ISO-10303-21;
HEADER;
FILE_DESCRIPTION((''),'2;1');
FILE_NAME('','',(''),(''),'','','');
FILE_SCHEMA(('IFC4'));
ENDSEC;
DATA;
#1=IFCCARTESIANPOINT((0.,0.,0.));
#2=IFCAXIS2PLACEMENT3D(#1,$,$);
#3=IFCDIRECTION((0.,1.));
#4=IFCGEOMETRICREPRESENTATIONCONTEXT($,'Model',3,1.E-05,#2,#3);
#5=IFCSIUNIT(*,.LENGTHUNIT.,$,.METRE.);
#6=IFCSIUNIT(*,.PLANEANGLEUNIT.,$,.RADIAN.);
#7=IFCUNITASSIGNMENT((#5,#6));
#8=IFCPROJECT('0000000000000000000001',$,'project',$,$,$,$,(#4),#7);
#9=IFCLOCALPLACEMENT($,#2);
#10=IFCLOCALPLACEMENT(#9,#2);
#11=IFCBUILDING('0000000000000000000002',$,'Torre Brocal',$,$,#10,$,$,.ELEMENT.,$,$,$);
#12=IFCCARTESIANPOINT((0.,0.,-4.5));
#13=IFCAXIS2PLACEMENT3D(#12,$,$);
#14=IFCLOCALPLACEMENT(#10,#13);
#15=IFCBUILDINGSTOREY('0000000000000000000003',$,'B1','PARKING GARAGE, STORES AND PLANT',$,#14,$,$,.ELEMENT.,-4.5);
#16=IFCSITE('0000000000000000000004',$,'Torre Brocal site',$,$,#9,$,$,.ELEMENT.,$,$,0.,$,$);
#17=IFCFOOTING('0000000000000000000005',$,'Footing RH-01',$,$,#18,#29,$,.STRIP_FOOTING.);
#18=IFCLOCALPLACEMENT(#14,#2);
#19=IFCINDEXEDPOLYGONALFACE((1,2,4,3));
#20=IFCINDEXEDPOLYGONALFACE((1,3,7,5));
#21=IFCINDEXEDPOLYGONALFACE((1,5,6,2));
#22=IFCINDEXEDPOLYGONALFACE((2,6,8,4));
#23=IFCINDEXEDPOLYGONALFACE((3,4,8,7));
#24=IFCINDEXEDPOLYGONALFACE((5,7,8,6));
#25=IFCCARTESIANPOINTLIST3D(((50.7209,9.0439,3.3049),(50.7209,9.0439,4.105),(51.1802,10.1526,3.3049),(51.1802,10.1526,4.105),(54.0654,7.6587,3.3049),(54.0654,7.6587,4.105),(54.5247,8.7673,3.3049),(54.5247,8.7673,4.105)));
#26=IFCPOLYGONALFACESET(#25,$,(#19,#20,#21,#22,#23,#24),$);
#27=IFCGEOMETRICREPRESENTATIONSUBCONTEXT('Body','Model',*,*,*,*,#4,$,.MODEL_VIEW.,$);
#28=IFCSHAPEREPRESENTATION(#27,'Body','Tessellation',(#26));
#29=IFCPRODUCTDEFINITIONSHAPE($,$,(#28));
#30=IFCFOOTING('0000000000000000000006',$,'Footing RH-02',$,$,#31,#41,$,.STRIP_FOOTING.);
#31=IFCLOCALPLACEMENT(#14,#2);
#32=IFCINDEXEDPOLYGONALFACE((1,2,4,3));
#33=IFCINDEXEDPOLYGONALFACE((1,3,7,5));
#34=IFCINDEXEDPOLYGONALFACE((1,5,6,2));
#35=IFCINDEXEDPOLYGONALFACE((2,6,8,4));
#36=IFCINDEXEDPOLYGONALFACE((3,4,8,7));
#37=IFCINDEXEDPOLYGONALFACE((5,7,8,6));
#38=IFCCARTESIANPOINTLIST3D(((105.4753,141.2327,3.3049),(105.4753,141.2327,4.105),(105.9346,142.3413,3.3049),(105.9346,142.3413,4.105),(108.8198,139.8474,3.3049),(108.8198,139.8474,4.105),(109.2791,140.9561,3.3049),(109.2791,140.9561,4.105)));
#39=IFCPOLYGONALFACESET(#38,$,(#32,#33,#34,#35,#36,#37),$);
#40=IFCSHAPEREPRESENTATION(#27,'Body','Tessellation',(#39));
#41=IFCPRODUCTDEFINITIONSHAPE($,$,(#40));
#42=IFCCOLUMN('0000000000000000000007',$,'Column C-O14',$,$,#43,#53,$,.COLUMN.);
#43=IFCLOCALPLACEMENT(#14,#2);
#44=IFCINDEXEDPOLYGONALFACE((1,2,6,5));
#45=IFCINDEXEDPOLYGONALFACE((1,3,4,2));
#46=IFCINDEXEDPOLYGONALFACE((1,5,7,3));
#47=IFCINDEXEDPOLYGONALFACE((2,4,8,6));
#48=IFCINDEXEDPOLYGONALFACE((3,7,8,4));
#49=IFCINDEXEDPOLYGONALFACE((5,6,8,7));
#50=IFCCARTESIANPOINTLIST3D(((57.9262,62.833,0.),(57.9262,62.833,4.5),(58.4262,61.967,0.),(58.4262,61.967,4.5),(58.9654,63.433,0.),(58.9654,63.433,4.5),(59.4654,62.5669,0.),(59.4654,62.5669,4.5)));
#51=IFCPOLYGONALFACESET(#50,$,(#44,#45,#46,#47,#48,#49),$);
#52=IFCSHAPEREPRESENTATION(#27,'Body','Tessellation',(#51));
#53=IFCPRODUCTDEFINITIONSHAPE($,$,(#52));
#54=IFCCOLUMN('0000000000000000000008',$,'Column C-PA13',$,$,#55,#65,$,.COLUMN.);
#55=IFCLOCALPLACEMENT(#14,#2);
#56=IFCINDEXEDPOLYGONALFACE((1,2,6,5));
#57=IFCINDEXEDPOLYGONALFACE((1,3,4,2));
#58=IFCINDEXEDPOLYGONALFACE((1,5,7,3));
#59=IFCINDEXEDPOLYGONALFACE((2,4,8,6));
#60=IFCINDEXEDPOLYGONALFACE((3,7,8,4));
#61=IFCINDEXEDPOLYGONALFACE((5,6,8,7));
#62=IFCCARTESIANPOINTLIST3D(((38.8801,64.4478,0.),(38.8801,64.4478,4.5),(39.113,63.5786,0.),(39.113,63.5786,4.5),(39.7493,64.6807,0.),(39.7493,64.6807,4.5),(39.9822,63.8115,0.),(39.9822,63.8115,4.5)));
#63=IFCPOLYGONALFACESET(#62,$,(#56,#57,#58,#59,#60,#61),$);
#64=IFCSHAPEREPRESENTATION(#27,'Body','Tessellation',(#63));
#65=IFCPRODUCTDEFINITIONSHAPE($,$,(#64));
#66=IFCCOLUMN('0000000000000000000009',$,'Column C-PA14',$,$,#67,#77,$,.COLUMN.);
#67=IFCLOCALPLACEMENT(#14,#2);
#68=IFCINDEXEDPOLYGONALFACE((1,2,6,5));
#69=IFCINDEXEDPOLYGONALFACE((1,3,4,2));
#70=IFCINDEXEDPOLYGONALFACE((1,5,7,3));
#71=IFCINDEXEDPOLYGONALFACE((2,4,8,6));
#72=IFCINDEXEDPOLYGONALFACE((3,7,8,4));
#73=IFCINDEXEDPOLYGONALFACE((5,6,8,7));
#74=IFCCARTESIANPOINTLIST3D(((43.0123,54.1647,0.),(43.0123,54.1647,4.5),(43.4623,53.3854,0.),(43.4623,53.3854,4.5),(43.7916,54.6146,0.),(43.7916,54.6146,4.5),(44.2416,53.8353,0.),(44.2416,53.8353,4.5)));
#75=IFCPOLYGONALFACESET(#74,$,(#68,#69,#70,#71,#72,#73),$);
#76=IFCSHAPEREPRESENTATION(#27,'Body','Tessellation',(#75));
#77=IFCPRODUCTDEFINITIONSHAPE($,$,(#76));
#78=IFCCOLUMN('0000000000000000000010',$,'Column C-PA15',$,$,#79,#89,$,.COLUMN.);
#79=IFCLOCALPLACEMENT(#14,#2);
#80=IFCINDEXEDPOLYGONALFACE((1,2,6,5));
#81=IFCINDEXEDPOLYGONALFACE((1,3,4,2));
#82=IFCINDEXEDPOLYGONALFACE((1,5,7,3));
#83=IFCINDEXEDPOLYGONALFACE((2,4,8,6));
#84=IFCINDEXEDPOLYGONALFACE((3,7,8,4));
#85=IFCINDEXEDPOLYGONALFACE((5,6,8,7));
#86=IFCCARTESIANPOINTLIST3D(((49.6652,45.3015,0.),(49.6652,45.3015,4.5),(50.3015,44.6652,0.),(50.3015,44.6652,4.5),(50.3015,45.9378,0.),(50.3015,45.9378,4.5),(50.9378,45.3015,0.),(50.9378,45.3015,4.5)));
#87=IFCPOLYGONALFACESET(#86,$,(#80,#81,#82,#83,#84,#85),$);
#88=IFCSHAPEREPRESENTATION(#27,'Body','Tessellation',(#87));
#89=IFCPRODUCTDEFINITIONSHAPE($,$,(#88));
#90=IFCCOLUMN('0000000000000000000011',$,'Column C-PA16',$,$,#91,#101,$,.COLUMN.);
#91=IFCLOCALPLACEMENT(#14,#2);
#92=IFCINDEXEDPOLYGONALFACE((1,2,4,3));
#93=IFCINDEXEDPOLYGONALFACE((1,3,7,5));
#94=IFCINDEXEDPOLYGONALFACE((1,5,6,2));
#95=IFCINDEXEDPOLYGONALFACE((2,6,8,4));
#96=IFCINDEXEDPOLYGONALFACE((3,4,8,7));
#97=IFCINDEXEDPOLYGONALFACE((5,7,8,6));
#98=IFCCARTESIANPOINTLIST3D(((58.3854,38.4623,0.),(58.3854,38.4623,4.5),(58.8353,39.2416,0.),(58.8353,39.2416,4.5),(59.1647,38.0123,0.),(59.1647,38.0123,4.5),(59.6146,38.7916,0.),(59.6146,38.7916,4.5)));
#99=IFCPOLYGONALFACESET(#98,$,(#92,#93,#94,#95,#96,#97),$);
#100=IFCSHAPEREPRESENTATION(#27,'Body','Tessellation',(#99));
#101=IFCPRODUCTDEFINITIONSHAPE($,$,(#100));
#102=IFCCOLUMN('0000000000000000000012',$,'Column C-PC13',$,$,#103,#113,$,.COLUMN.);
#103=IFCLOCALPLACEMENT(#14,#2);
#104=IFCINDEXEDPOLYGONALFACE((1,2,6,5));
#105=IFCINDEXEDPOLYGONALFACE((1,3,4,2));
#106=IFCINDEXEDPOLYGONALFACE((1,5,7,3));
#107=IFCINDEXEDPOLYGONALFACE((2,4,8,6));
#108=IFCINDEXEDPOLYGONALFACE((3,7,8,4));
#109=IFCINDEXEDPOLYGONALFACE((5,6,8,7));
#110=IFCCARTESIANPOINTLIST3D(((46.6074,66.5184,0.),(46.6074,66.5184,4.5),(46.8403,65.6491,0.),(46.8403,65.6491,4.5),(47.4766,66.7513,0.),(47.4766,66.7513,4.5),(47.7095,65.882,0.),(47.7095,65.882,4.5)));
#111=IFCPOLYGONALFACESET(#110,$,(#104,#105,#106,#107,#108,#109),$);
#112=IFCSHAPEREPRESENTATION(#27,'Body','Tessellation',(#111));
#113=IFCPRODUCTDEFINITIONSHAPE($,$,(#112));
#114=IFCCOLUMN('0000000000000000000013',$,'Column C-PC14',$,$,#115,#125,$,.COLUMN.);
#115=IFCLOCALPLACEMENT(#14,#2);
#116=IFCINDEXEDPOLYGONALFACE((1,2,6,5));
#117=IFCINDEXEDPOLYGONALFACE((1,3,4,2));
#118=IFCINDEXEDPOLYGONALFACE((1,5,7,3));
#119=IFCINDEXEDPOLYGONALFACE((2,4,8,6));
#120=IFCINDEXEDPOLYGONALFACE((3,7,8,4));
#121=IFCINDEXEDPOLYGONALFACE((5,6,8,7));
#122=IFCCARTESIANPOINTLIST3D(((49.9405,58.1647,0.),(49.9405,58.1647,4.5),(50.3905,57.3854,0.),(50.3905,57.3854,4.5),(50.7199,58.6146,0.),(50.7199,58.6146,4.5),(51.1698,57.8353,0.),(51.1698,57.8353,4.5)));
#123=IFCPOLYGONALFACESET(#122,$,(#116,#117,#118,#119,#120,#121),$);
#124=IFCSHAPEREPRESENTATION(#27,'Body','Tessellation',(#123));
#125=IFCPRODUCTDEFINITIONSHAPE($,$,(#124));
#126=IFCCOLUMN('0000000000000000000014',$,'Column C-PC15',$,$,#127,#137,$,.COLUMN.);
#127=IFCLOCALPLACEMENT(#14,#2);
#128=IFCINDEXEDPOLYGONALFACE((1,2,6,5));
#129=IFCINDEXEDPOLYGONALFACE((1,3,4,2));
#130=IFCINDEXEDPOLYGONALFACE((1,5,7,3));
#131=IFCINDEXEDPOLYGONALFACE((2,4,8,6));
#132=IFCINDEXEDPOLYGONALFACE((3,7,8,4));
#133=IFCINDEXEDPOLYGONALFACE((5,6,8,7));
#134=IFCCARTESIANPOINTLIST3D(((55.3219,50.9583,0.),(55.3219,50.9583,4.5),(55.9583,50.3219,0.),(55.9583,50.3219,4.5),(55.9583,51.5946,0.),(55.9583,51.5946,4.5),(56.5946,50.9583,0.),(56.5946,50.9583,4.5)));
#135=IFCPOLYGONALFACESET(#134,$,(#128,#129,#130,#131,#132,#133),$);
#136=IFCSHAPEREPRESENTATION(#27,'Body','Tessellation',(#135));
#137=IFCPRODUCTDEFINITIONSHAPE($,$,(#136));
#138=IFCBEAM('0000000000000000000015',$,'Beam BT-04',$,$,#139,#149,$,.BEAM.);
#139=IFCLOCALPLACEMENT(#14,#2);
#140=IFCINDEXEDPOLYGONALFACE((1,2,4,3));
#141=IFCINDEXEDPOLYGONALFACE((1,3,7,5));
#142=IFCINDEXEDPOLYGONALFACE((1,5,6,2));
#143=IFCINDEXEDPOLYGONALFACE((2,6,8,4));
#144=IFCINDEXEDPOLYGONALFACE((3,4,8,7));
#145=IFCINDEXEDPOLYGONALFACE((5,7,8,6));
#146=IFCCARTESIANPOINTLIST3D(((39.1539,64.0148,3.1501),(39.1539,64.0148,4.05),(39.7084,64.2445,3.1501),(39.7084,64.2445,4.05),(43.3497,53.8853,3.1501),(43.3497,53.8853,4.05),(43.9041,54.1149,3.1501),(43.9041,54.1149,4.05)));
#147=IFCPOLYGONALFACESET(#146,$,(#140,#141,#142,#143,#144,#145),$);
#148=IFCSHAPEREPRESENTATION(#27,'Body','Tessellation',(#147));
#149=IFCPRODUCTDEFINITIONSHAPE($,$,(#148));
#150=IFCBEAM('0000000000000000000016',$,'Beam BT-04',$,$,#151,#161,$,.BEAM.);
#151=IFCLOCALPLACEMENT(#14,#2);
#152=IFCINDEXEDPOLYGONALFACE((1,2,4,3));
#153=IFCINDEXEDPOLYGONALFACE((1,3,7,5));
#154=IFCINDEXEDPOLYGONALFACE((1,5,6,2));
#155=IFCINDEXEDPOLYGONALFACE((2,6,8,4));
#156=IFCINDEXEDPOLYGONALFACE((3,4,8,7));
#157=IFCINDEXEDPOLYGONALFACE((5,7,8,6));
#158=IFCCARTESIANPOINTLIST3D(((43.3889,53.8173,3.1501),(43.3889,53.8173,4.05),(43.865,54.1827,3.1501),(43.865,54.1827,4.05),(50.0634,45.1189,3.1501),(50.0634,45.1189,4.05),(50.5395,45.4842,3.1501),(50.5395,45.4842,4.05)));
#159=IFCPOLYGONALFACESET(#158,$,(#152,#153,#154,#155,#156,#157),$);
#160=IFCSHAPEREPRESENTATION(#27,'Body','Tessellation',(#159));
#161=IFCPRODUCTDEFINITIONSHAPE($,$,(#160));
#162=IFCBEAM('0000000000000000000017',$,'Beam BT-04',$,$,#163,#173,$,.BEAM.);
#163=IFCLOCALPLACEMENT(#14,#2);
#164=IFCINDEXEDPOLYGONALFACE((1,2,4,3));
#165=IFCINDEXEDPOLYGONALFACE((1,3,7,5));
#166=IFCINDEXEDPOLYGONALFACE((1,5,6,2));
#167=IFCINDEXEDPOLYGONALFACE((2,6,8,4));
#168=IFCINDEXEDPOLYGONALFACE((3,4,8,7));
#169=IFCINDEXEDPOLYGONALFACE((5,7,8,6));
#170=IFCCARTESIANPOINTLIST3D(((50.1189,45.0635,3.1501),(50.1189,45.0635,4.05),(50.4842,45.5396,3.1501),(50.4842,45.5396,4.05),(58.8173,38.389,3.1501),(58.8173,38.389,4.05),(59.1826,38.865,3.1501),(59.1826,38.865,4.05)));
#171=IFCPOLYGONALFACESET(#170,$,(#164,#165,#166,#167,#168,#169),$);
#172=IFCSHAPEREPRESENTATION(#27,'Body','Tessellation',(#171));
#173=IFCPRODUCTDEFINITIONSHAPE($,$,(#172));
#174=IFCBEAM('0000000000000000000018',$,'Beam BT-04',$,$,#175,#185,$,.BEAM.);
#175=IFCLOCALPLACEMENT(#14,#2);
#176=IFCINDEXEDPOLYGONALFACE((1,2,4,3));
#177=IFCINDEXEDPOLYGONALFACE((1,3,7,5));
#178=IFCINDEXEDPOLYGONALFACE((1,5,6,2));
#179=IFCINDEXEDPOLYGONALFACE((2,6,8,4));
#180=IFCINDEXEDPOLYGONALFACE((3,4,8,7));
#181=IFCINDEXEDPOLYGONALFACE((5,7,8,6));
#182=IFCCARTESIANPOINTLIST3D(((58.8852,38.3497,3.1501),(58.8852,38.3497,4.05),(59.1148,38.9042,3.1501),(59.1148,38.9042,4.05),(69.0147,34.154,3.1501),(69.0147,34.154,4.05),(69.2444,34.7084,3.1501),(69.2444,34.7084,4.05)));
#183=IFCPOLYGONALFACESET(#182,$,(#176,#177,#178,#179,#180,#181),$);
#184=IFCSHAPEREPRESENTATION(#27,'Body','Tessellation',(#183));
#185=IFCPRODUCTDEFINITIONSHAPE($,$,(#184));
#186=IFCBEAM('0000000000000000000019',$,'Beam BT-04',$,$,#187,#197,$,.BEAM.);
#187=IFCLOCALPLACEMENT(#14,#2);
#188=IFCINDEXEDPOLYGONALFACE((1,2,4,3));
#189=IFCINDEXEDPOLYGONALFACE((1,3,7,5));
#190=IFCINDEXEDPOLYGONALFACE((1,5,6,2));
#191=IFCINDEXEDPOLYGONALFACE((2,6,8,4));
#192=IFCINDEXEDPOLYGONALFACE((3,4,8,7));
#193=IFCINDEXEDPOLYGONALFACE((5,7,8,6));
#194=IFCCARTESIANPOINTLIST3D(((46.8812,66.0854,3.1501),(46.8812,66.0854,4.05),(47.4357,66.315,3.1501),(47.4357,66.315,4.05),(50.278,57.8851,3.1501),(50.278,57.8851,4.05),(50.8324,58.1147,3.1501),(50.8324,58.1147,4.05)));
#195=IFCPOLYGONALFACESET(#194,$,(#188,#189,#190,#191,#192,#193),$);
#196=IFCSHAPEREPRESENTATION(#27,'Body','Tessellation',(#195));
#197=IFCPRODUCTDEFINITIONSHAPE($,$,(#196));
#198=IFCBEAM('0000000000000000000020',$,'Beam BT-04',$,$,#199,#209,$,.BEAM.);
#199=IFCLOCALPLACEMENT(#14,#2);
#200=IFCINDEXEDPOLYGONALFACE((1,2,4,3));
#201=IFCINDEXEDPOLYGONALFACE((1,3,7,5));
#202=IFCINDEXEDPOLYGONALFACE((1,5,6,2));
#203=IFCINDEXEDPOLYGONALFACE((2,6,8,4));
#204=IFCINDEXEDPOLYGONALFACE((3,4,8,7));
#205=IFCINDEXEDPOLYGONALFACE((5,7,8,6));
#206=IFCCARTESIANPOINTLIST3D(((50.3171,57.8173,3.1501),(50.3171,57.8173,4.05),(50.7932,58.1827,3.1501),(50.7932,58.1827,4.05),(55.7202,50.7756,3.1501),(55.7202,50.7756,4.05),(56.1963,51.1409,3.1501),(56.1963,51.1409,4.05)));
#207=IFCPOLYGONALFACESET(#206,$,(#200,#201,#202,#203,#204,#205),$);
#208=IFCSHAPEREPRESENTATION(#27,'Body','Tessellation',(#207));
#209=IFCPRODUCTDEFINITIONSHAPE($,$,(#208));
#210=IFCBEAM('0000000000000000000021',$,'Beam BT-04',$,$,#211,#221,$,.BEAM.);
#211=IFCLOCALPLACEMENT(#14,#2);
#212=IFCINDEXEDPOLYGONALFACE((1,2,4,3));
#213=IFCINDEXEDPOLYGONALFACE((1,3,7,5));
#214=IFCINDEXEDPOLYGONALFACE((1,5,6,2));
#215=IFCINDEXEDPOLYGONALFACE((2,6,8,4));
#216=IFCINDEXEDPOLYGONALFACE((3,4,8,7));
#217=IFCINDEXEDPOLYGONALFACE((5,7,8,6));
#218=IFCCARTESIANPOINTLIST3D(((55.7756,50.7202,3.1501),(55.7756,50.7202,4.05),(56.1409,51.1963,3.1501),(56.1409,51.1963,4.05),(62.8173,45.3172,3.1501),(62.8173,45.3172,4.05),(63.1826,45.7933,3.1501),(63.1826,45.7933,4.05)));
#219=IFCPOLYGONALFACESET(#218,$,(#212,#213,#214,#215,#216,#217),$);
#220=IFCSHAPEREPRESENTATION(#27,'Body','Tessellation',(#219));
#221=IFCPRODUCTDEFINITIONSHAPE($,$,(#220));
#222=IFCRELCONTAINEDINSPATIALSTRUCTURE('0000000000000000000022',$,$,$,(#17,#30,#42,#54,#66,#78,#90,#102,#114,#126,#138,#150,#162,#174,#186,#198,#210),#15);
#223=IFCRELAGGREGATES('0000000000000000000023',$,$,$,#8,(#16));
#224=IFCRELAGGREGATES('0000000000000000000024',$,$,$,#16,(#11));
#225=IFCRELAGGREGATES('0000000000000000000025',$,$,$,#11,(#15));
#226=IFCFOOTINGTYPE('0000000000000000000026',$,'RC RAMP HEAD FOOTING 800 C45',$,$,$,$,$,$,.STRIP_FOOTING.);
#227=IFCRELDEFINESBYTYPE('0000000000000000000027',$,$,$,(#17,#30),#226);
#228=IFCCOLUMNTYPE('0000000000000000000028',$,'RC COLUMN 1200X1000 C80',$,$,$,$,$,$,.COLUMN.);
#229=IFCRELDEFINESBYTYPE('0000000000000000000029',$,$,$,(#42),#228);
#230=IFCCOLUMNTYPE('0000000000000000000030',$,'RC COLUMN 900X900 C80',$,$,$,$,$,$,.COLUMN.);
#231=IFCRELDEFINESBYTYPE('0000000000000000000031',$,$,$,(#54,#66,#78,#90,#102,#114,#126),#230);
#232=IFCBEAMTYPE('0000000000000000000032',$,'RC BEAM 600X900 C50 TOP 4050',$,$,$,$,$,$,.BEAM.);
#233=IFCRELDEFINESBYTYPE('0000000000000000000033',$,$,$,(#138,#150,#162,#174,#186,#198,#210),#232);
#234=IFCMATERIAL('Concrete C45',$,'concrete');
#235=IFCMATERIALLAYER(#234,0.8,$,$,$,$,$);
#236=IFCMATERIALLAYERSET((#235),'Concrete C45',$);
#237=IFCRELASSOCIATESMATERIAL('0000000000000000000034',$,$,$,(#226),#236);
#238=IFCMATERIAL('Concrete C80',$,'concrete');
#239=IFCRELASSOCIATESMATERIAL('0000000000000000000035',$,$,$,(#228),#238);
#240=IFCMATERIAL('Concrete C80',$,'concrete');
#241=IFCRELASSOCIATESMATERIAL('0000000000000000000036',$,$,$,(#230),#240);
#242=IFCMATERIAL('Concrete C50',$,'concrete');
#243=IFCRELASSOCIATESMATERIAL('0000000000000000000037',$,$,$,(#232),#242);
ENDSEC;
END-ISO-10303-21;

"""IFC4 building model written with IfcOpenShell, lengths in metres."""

from ifc_helpers import new_model, si_unit, direction, frame, origin, origin_2d, place, context, subcontext, project, spatial, polyline, rectangle, outline, extrude, material, layer, layer_set, material_profile, profile_set, type_object, element, save


model = new_model("IFC4")

# Units and contexts
model_context = context("Model", 3, precision=1e-05, world=origin(), true_north=direction((0.0, 1.0)))
body_context = subcontext(model_context, "Body", "Model", "MODEL_VIEW")
ifc_project = project(units=[si_unit("LENGTHUNIT", "METRE"), si_unit("PLANEANGLEUNIT", "RADIAN")], contexts=[model_context])

# Site, building, storey
site_placement = place(None, origin())
site = spatial("IfcSite", under=ifc_project, at=site_placement, Name="Torre Brocal site", CompositionType="ELEMENT", RefElevation=0.0)
building_placement = place(site_placement, origin())
building = spatial("IfcBuilding", under=site, at=building_placement, Name="Torre Brocal", CompositionType="ELEMENT")
storey_placement = place(building_placement, frame((0.0, 0.0, -4.5)))
storey = spatial("IfcBuildingStorey", under=building, at=storey_placement, Name="B1", Description="PARKING GARAGE, STORES AND PLANT", CompositionType="ELEMENT", Elevation=-4.5)

# Footings
ifc_material_1 = material(Name="Concrete C45", Category="concrete")
ifc_layer_1 = layer(ifc_material_1, 0.8)
ifc_layer_set_1 = layer_set([ifc_layer_1], Name="Concrete C45")
footing_type = type_object("IfcFootingType", Name="RC RAMP HEAD FOOTING 800 C45", PredefinedType="STRIP_FOOTING", material=ifc_layer_set_1)
footing_1_placement = place(storey_placement, frame((0.0, 0.0, 3.3049)))
element("IfcFooting", 1, at=footing_1_placement, inside=storey, type_object=footing_type, Name="Footing RH-01", PredefinedType="STRIP_FOOTING", context=body_context, shape_type="SweptSolid", body=[
    extrude(outline(polyline([(51.1802, 10.1526), (50.7209, 9.0439), (54.0654, 7.6587), (54.5247, 8.7673), (51.1802, 10.1526)])), origin(), (0.0, 0.0, 1.0), 0.8),
])
footing_2_placement = place(storey_placement, frame((0.0, 0.0, 3.3049)))
element("IfcFooting", 2, at=footing_2_placement, inside=storey, type_object=footing_type, Name="Footing RH-02", PredefinedType="STRIP_FOOTING", context=body_context, shape_type="SweptSolid", body=[
    extrude(outline(polyline([(108.8198, 139.8474), (109.2791, 140.9561), (105.9346, 142.3413), (105.4753, 141.2327), (108.8198, 139.8474)])), origin(), (0.0, 0.0, 1.0), 0.8),
])

# Columns
ifc_material_2 = material(Name="Concrete C80", Category="concrete")
ifc_material_profile_1 = material_profile(ifc_material_2, rectangle(XDim=1.2, YDim=1.0, at=origin_2d()), Name="RC 1200X1000")
ifc_profile_set_1 = profile_set([ifc_material_profile_1], Name="Concrete C80")
column_type_1 = type_object("IfcColumnType", Name="RC COLUMN 1200X1000 C80", PredefinedType="COLUMN", material=ifc_profile_set_1)
column_placement = place(storey_placement, frame((58.6958, 62.7, 0.0), z_axis=(0.0, 0.0, 1.0), x_axis=(-0.866025, -0.5, 0.0)))
element("IfcColumn", 3, at=column_placement, inside=storey, type_object=column_type_1, Name="Column C-O14", PredefinedType="COLUMN", context=body_context, shape_type="SweptSolid", body=[
    extrude(rectangle(XDim=1.2, YDim=1.0, at=origin_2d()), origin(), (0.0, 0.0, 1.0), 4.5),
])
ifc_material_3 = material(Name="Concrete C80", Category="concrete")
ifc_material_profile_2 = material_profile(ifc_material_3, rectangle(XDim=0.8999, YDim=0.8999, at=origin_2d()), Name="RC 900X900")
ifc_profile_set_2 = profile_set([ifc_material_profile_2], Name="Concrete C80")
column_type_2 = type_object("IfcColumnType", Name="RC COLUMN 900X900 C80", PredefinedType="COLUMN", material=ifc_profile_set_2)
for number, where, z_axis, x_axis, name in (
    (4, (39.4312, 64.1296, 0.0), (0.0, 0.0, 1.0), (-0.965926, -0.258819, 0.0), "Column C-PA13"),
    (5, (43.627, 54.0, 0.0), (0.0, 0.0, 1.0), (-0.866025, -0.5, 0.0), "Column C-PA14"),
    (6, (50.3015, 45.3015, 0.0), (0.0, 0.0, 1.0), (-0.707107, -0.707107, 0.0), "Column C-PA15"),
    (7, (59.0, 38.627, 0.0), (0.0, 0.0, 1.0), (-0.5, -0.866025, 0.0), "Column C-PA16"),
    (8, (47.1584, 66.2002, 0.0), (0.0, 0.0, 1.0), (-0.965926, -0.258819, 0.0), "Column C-PC13"),
    (9, (50.5552, 58.0, 0.0), (0.0, 0.0, 1.0), (-0.866025, -0.5, 0.0), "Column C-PC14"),
    (10, (55.9583, 50.9583, 0.0), (0.0, 0.0, 1.0), (-0.707107, -0.707107, 0.0), "Column C-PC15"),
):
    element("IfcColumn", number, at=place(storey_placement, frame(where, z_axis=z_axis, x_axis=x_axis)), inside=storey, type_object=column_type_2, Name=name, PredefinedType="COLUMN", context=body_context, shape_type="SweptSolid", body=[
        extrude(rectangle(XDim=0.8999, YDim=0.8999, at=origin_2d()), origin(), (0.0, 0.0, 1.0), 4.5),
    ])

# Beams
ifc_material_4 = material(Name="Concrete C50", Category="concrete")
ifc_material_profile_3 = material_profile(ifc_material_4, rectangle(XDim=0.6001, YDim=0.8999, at=origin_2d()), Name="RC 600X900")
ifc_profile_set_3 = profile_set([ifc_material_profile_3], Name="Concrete C50")
beam_type_1 = type_object("IfcBeamType", Name="RC BEAM 600X900 C50 TOP 4050", PredefinedType="BEAM", material=ifc_profile_set_3)
for number, where, z_axis, x_axis, name in (
    (11, (39.4312, 64.1296, 3.6001), (0.382681, -0.923881, 0.0), (0.923881, 0.382681, 0.0), "Beam BT-04"),
    (12, (43.627, 54.0, 3.6001), (0.60876, -0.793354, 0.0), (0.793354, 0.60876, 0.0), "Beam BT-04"),
    (13, (50.3015, 45.3015, 3.6001), (0.793354, -0.60876, 0.0), (0.60876, 0.793354, 0.0), "Beam BT-04"),
    (14, (59.0, 38.627, 3.6001), (0.923881, -0.382681, 0.0), (0.382681, 0.923881, 0.0), "Beam BT-04"),
):
    element("IfcBeam", number, at=place(storey_placement, frame(where, z_axis=z_axis, x_axis=x_axis)), inside=storey, type_object=beam_type_1, Name=name, PredefinedType="BEAM", context=body_context, shape_type="SweptSolid", body=[
        extrude(rectangle(XDim=0.6001, YDim=0.8999, at=origin_2d()), origin(), (0.0, 0.0, 1.0), 10.9641),
    ])
beam_1_placement = place(storey_placement, frame((47.1584, 66.2002, 3.6001), z_axis=(0.382693, -0.923876, 0.0), x_axis=(0.923876, 0.382693, 0.0)))
element("IfcBeam", 15, at=beam_1_placement, inside=storey, type_object=beam_type_1, Name="Beam BT-04", PredefinedType="BEAM", context=body_context, shape_type="SweptSolid", body=[
    extrude(rectangle(XDim=0.6001, YDim=0.8999, at=origin_2d()), origin(), (0.0, 0.0, 1.0), 8.876),
])
for number, where, z_axis, x_axis, name in (
    (16, (50.5552, 58.0, 3.6001), (0.608744, -0.793367, 0.0), (0.793367, 0.608744, 0.0), "Beam BT-04"),
    (17, (55.9583, 50.9583, 3.6001), (0.793367, -0.608744, 0.0), (0.608744, 0.793367, 0.0), "Beam BT-04"),
):
    element("IfcBeam", number, at=place(storey_placement, frame(where, z_axis=z_axis, x_axis=x_axis)), inside=storey, type_object=beam_type_1, Name=name, PredefinedType="BEAM", context=body_context, shape_type="SweptSolid", body=[
        extrude(rectangle(XDim=0.6001, YDim=0.8999, at=origin_2d()), origin(), (0.0, 0.0, 1.0), 8.8757),
    ])

save(model, "model.ifc")
